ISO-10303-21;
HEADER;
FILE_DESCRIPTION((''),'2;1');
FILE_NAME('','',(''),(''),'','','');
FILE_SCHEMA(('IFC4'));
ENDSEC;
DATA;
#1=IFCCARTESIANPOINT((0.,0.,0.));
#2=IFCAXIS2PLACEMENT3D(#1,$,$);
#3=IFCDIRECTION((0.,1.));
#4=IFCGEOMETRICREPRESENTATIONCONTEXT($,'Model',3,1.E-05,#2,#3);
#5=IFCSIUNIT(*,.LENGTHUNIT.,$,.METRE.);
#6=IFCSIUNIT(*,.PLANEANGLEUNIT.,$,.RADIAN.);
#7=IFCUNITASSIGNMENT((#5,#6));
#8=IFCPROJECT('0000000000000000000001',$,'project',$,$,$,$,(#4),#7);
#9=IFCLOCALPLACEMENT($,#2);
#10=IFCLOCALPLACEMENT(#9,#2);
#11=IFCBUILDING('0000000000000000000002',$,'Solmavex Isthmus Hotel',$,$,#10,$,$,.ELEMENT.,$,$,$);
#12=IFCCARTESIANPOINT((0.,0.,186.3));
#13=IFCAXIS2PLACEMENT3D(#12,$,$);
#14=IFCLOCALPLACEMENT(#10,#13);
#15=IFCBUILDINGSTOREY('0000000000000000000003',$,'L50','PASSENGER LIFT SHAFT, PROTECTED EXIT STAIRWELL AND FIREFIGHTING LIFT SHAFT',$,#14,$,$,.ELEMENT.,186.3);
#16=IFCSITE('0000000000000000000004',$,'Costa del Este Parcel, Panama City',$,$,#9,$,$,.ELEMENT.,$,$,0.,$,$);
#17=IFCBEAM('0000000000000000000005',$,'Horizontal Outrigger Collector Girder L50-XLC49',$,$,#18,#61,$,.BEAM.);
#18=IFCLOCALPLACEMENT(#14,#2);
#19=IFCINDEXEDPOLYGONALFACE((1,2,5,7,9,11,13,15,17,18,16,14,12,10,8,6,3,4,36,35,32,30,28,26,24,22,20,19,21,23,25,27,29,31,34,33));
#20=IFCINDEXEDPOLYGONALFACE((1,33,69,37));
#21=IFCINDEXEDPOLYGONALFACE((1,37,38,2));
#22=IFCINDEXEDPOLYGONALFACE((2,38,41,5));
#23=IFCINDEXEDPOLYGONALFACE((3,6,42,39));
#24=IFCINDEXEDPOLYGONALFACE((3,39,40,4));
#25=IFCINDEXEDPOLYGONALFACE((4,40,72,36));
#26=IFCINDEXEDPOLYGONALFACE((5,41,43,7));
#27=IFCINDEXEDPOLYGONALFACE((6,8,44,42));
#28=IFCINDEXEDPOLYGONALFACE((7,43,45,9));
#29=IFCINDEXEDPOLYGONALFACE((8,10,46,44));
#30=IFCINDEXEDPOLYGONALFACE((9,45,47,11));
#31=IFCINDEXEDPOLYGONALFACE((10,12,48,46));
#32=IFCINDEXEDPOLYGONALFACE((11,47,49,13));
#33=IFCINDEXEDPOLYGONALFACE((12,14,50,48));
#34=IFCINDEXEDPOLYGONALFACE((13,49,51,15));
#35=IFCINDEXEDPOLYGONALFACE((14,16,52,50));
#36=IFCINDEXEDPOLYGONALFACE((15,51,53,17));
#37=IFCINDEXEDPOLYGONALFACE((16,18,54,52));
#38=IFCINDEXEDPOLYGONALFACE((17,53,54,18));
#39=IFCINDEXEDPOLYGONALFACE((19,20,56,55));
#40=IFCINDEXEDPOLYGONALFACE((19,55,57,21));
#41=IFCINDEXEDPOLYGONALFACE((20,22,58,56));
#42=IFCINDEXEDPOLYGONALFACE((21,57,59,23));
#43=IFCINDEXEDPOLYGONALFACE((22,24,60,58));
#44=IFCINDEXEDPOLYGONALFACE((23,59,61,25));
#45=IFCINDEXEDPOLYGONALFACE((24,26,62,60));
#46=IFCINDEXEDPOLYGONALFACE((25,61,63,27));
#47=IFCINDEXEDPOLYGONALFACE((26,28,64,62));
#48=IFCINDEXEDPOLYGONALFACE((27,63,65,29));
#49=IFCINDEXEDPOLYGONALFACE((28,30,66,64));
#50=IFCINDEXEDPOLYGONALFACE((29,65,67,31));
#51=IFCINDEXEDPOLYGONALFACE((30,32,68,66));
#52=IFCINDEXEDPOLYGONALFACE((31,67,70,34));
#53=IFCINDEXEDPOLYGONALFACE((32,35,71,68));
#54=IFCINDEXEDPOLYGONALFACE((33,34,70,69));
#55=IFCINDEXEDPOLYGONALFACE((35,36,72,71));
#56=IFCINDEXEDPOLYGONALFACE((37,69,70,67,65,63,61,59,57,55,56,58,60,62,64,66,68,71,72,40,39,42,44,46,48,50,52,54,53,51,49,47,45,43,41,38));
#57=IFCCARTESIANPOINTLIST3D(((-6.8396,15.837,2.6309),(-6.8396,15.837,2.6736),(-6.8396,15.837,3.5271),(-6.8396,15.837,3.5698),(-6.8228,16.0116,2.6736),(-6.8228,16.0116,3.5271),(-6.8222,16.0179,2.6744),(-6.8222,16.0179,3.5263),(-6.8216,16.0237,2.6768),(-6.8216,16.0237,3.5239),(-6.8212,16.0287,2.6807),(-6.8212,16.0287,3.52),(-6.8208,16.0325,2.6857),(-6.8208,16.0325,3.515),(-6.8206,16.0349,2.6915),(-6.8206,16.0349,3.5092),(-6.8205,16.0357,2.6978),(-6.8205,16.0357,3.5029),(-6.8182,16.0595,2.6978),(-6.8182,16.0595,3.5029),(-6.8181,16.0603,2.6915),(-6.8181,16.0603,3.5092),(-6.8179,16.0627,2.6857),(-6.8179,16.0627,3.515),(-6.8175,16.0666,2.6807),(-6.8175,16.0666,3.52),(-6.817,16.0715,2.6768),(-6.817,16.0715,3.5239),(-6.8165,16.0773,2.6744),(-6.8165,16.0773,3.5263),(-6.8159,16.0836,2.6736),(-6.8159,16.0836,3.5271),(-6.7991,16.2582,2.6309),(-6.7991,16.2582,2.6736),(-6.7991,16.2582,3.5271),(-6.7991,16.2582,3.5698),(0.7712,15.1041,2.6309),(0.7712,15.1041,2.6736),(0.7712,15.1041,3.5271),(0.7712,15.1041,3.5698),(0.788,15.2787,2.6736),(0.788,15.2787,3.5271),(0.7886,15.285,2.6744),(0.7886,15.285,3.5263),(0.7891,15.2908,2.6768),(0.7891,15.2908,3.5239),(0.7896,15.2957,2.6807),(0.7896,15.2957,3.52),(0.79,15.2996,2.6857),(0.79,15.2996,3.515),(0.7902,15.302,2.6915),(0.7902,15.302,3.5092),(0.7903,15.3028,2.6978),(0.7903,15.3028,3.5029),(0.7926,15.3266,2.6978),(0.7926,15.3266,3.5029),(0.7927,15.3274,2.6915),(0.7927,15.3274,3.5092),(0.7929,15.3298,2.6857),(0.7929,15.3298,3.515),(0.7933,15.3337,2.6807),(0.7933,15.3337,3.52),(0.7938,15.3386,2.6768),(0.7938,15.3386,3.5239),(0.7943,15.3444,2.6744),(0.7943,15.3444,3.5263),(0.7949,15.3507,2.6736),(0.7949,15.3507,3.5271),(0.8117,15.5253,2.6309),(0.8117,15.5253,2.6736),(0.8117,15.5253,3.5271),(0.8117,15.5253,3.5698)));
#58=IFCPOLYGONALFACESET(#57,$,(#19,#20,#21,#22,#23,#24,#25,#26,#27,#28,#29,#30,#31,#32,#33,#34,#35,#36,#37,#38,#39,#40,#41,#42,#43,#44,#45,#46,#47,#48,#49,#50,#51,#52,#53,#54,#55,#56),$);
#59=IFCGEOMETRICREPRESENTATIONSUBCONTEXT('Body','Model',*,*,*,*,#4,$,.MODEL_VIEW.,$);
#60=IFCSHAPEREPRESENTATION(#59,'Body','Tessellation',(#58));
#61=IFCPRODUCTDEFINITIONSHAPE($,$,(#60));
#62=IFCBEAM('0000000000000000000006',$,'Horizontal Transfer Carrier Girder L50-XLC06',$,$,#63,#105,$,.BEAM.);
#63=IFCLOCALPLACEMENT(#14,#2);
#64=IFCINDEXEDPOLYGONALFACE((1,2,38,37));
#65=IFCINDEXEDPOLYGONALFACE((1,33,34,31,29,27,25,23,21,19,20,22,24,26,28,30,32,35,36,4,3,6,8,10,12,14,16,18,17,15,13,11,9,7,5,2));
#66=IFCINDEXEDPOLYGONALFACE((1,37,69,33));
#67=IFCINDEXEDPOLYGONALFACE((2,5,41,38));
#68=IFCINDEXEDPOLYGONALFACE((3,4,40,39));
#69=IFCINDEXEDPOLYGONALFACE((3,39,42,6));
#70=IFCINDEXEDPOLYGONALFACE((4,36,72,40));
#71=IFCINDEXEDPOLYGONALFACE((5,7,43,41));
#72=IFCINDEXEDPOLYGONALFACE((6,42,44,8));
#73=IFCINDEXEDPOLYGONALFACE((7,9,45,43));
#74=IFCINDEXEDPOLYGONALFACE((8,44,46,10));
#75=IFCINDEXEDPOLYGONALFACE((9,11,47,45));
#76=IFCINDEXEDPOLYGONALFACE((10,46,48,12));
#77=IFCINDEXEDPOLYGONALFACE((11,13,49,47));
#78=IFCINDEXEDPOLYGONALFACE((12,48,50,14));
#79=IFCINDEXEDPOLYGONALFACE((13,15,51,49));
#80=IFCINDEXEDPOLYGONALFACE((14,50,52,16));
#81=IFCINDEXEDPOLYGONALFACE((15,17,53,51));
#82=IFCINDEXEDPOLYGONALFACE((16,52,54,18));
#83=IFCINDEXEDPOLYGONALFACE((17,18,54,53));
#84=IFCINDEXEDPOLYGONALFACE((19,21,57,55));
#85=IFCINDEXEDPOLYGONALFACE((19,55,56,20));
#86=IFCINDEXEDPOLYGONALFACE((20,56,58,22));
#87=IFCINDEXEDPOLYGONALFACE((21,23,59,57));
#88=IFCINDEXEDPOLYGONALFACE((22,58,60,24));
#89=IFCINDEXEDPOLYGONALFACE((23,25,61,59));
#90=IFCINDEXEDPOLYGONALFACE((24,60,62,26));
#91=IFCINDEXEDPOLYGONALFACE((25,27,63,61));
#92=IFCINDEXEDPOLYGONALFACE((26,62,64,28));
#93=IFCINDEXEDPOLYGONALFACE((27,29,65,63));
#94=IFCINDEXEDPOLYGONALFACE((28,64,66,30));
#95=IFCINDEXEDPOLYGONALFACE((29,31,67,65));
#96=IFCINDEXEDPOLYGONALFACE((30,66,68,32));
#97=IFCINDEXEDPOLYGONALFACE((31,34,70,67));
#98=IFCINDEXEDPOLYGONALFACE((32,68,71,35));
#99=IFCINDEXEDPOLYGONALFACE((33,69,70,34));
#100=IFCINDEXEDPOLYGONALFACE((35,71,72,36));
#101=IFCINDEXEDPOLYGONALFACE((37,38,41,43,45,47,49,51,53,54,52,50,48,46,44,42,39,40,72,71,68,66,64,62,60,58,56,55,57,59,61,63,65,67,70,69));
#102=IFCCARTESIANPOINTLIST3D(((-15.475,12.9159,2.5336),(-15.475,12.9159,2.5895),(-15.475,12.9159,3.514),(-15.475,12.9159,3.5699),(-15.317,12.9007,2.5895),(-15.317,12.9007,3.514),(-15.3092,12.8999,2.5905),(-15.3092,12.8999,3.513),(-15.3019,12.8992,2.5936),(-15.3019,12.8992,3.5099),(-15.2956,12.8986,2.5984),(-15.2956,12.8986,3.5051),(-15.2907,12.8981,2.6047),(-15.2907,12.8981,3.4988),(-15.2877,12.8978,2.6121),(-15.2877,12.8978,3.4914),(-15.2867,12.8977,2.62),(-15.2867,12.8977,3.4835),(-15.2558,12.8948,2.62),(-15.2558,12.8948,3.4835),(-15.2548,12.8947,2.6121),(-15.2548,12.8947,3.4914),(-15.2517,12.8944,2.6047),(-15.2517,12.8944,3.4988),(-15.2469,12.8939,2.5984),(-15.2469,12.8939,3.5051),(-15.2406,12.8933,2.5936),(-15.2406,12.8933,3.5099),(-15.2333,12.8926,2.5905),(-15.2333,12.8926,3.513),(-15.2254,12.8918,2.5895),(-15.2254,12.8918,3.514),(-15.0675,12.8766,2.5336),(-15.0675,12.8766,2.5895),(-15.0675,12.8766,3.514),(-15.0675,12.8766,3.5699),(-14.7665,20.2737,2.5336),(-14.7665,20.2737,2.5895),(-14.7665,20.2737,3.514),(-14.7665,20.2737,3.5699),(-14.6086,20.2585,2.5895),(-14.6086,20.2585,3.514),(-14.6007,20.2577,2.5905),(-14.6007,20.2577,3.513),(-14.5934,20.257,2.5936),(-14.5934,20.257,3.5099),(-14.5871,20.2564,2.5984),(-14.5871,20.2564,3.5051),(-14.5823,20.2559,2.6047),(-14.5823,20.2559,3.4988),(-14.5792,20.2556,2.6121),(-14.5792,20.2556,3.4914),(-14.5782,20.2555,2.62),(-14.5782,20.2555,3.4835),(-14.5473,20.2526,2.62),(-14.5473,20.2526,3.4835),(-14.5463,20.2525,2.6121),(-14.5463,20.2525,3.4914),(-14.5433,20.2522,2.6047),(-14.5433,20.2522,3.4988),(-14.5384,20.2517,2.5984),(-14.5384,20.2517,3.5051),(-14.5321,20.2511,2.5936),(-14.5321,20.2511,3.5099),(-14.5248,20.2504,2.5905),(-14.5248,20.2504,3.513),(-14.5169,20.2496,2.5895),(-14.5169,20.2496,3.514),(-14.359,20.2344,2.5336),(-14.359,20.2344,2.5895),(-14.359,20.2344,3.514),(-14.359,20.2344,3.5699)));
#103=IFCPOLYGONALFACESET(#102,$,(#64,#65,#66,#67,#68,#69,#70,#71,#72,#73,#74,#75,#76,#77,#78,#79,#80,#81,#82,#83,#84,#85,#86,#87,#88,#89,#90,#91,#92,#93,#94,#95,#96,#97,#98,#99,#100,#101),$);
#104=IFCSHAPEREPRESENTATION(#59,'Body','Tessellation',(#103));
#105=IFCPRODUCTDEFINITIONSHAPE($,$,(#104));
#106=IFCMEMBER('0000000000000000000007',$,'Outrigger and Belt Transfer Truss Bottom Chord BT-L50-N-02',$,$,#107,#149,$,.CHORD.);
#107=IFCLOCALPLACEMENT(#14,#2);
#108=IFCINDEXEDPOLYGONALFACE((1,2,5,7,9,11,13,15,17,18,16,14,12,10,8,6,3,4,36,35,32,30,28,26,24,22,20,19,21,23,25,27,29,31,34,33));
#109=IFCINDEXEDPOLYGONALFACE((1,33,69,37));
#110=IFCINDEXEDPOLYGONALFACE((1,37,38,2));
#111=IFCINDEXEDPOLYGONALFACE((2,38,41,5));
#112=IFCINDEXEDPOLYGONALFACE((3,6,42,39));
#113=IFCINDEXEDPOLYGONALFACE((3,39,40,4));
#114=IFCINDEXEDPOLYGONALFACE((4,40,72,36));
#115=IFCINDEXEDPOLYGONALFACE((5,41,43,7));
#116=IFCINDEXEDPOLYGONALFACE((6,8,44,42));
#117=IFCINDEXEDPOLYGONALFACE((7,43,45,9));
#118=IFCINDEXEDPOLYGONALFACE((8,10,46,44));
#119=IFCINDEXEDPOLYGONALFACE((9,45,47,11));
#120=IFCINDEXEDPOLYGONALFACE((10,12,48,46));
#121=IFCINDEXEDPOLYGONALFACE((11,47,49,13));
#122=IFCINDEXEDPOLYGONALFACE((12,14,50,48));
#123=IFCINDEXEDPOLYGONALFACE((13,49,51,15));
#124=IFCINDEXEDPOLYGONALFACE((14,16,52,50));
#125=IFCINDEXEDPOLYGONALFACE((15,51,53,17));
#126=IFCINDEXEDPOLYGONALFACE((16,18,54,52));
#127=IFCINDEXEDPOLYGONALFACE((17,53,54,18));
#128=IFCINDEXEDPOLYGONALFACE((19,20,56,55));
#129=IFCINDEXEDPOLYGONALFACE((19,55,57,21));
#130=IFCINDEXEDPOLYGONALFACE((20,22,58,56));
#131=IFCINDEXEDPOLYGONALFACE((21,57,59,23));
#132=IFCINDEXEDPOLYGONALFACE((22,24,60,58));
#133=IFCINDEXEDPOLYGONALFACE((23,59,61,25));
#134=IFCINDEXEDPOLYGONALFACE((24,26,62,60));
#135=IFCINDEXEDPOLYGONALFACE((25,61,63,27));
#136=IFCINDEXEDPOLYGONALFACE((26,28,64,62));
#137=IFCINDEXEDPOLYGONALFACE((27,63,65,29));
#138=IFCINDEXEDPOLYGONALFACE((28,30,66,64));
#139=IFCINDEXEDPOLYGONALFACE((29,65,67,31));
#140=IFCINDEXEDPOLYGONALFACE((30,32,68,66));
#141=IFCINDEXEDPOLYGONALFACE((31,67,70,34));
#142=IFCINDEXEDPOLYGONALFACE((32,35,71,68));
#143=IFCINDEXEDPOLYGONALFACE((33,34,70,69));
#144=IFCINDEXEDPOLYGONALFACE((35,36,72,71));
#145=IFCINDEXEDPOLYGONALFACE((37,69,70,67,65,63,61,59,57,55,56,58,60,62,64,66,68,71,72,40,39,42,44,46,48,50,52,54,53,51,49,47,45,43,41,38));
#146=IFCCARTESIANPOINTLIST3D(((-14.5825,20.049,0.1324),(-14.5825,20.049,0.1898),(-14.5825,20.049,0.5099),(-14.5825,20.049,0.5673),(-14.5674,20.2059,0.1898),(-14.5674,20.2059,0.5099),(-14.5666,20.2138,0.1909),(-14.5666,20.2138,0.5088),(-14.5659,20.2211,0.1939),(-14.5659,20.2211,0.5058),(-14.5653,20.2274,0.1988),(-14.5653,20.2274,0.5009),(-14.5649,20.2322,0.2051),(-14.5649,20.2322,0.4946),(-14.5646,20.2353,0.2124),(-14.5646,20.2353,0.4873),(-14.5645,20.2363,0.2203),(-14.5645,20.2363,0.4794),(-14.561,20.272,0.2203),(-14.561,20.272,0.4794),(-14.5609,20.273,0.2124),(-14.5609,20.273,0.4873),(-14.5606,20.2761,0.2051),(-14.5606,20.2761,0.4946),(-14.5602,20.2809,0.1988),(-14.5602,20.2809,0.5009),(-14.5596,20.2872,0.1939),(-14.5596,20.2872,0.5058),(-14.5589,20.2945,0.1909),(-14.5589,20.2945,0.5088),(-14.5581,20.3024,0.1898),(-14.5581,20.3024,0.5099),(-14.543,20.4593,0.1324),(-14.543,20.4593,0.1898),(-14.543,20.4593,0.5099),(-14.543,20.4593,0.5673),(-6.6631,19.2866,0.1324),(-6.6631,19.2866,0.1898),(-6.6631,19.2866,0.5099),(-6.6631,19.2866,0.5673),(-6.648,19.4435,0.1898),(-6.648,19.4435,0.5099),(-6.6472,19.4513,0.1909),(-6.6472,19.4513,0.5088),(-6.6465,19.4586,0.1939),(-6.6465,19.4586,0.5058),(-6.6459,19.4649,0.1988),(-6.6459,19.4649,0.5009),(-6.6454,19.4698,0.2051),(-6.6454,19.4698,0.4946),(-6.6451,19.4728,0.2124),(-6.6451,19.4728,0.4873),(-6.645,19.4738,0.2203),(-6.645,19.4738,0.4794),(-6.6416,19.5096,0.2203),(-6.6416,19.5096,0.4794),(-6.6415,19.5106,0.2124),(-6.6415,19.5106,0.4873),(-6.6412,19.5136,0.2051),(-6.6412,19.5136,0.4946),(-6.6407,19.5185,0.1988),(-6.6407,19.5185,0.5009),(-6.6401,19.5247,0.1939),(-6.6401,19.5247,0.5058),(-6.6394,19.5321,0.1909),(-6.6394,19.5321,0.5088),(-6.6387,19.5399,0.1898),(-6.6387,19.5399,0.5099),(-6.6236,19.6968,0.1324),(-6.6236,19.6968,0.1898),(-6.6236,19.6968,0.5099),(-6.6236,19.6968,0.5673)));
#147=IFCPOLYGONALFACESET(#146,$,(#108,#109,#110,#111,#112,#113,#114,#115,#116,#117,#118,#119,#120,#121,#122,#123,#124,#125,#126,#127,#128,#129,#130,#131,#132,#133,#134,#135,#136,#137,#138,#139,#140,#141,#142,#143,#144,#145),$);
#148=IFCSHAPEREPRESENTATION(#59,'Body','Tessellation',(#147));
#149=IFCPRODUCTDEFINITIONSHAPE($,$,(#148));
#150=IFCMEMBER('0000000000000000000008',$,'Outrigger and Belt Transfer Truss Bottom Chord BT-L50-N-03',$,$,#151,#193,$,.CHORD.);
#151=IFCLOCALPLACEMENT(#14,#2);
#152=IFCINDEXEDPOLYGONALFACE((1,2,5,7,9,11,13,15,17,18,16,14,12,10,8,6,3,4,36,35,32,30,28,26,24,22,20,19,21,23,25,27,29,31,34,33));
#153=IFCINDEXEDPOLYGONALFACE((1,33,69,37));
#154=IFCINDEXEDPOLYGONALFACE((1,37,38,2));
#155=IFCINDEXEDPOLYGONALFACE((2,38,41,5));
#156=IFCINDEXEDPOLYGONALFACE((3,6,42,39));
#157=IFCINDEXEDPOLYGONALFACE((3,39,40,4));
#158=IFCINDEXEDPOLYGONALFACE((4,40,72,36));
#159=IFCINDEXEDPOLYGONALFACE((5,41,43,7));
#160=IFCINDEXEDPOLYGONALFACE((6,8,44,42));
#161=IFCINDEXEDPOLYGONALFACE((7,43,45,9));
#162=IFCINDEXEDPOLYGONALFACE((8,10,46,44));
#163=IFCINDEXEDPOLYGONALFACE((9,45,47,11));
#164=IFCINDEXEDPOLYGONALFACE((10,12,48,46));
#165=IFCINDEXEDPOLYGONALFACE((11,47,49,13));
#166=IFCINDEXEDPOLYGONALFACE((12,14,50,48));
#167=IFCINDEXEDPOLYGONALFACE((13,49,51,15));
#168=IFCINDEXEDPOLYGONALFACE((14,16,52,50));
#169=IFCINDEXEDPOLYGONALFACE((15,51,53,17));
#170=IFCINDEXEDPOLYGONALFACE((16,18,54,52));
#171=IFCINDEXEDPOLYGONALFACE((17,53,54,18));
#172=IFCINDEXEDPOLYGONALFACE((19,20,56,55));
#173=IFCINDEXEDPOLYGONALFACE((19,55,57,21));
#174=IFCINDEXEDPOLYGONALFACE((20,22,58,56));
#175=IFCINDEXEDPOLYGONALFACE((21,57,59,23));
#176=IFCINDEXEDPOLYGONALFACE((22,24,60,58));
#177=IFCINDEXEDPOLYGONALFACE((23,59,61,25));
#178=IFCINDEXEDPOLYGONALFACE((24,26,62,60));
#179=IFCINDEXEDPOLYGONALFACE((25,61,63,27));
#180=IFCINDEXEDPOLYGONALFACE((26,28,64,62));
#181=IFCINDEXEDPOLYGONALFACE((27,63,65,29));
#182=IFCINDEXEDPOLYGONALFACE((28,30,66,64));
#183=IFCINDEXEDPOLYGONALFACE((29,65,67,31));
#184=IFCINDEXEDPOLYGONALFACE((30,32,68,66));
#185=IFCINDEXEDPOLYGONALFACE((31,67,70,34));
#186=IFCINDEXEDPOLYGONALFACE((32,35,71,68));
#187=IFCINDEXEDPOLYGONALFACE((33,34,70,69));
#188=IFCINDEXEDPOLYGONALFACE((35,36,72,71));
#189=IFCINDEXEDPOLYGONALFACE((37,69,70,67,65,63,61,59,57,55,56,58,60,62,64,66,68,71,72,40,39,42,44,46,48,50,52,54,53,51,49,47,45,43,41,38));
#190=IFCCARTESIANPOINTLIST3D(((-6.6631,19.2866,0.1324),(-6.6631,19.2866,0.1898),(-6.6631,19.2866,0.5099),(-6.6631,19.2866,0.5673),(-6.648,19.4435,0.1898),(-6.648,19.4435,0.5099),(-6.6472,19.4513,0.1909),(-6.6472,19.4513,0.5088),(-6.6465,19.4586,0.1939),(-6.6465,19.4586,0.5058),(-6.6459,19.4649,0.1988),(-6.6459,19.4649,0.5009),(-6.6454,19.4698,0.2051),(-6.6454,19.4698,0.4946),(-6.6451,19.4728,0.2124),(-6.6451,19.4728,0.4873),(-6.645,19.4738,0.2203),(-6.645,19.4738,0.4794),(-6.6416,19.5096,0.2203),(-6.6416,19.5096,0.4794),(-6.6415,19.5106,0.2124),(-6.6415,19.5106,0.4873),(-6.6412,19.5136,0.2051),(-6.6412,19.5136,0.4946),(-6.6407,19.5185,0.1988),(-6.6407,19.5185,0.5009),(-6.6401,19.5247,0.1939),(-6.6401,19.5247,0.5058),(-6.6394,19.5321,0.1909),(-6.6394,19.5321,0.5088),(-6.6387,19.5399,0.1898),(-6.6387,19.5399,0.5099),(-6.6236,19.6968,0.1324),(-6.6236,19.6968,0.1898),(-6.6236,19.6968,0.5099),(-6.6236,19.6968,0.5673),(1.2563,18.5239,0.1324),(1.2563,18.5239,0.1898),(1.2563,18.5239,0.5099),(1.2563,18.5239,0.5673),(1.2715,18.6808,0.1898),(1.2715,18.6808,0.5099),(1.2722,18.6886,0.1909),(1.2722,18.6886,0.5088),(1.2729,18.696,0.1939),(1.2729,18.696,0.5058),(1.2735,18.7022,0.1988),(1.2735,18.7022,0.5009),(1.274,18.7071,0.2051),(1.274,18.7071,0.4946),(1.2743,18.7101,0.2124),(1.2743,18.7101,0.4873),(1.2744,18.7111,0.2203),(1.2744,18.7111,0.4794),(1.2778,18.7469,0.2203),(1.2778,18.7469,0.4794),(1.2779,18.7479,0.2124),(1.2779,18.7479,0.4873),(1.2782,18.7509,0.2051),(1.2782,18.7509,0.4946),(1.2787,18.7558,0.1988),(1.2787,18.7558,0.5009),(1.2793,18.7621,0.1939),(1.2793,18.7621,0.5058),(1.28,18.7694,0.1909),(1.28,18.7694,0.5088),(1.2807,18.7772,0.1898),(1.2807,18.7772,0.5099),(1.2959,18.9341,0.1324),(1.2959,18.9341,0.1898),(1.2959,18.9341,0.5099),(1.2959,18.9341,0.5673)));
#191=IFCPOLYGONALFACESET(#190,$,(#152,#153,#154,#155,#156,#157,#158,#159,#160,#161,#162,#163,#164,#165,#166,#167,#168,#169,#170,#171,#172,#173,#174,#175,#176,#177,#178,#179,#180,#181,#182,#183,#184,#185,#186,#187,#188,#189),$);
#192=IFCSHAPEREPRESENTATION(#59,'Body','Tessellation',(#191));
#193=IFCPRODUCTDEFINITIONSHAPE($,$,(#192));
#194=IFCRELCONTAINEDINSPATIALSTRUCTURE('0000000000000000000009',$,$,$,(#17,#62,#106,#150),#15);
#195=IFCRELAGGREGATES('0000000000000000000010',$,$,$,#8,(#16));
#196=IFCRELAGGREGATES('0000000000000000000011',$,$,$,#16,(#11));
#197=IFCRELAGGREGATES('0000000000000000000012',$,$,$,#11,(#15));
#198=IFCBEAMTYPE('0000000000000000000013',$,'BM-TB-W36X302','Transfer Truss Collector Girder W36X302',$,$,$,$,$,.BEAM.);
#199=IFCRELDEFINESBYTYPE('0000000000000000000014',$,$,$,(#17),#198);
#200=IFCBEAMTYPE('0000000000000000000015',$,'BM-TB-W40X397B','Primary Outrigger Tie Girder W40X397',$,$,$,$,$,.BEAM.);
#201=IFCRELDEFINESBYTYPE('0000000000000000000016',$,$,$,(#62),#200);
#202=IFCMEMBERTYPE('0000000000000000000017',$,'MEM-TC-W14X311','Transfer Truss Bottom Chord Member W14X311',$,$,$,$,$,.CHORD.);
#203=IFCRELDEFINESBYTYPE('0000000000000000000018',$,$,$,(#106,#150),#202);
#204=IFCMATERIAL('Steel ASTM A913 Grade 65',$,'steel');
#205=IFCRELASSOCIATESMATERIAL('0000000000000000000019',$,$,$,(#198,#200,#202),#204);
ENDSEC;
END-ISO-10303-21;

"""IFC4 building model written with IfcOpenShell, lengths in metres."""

from ifc_helpers import new_model, si_unit, direction, frame, origin, origin_2d, place, context, subcontext, project, spatial, i_section, extrude, material, material_profile, profile_set, type_object, element, save


model = new_model("IFC4")

# Units and contexts
model_context = context("Model", 3, precision=1e-05, world=origin(), true_north=direction((0.0, 1.0)))
body_context = subcontext(model_context, "Body", "Model", "MODEL_VIEW")
ifc_project = project(units=[si_unit("LENGTHUNIT", "METRE"), si_unit("PLANEANGLEUNIT", "RADIAN")], contexts=[model_context])

# Site, building, storey
site_placement = place(None, origin())
site = spatial("IfcSite", under=ifc_project, at=site_placement, Name="Costa del Este Parcel, Panama City", CompositionType="ELEMENT", RefElevation=0.0)
building_placement = place(site_placement, origin())
building = spatial("IfcBuilding", under=site, at=building_placement, Name="Solmavex Isthmus Hotel", CompositionType="ELEMENT")
storey_placement = place(building_placement, frame((0.0, 0.0, 186.3)))
storey = spatial("IfcBuildingStorey", under=building, at=storey_placement, Name="L50", Description="PASSENGER LIFT SHAFT, PROTECTED EXIT STAIRWELL AND FIREFIGHTING LIFT SHAFT", CompositionType="ELEMENT", Elevation=186.3)

# Shared definitions
ifc_material_1 = material(Name="Steel ASTM A913 Grade 65", Category="steel")

# Beams
ifc_material_profile_1 = material_profile(ifc_material_1, i_section(OverallWidth=0.4231, OverallDepth=0.939, WebThickness=0.0239, FlangeThickness=0.0427, FilletRadius=0.0242, at=origin_2d()), Name="W36X302")
ifc_profile_set_1 = profile_set([ifc_material_profile_1], Name="Steel ASTM A913 Grade 65")
beam_type_1 = type_object("IfcBeamType", Name="BM-TB-W36X302", Description="Transfer Truss Collector Girder W36X302", PredefinedType="BEAM", material=ifc_profile_set_1)
for number, where, z_axis, x_axis, name in (
    (1, (-6.8193, 16.0476, 3.1003), (0.995395, -0.095855, 0.0), (0.095855, 0.995395, 0.0), "Horizontal Outrigger Collector Girder L50-XLC49"),
):
    element("IfcBeam", number, at=place(storey_placement, frame(where, z_axis=z_axis, x_axis=x_axis)), inside=storey, type_object=beam_type_1, Name=name, PredefinedType="BEAM", context=body_context, shape_type="SweptSolid", body=[
        extrude(i_section(OverallWidth=0.4231, OverallDepth=0.939, WebThickness=0.0239, FlangeThickness=0.0427, FilletRadius=0.0242, at=origin_2d()), origin(), (0.0, 0.0, 1.0), 7.646),
    ])
ifc_material_profile_2 = material_profile(ifc_material_1, i_section(OverallWidth=0.4094, OverallDepth=1.0364, WebThickness=0.031, FlangeThickness=0.0559, FilletRadius=0.0305, at=origin_2d()), Name="W40X397")
ifc_profile_set_2 = profile_set([ifc_material_profile_2], Name="Steel ASTM A913 Grade 65")
beam_type_2 = type_object("IfcBeamType", Name="BM-TB-W40X397B", Description="Primary Outrigger Tie Girder W40X397", PredefinedType="BEAM", material=ifc_profile_set_2)
beam_1_placement = place(storey_placement, frame((-15.2712, 12.8962, 3.0518), z_axis=(0.095847, 0.995396, 0.0), x_axis=(-0.995396, 0.095847, 0.0)))
element("IfcBeam", 2, at=beam_1_placement, inside=storey, type_object=beam_type_2, Name="Horizontal Transfer Carrier Girder L50-XLC06", PredefinedType="BEAM", context=body_context, shape_type="SweptSolid", body=[
    extrude(i_section(OverallWidth=0.4094, OverallDepth=1.0364, WebThickness=0.031, FlangeThickness=0.0559, FilletRadius=0.0305, at=origin_2d()), origin(), (0.0, 0.0, 1.0), 7.3918),
])

# Members
ifc_material_profile_3 = material_profile(ifc_material_1, i_section(OverallWidth=0.4121, OverallDepth=0.4348, WebThickness=0.0359, FlangeThickness=0.0574, FilletRadius=0.0305, at=origin_2d()), Name="W14X311")
ifc_profile_set_3 = profile_set([ifc_material_profile_3], Name="Steel ASTM A913 Grade 65")
member_type_1 = type_object("IfcMemberType", Name="MEM-TC-W14X311", Description="Transfer Truss Bottom Chord Member W14X311", PredefinedType="CHORD", material=ifc_profile_set_3)
for number, where, z_axis, x_axis, name in (
    (3, (-14.5627, 20.2542, 0.3499), (0.995397, -0.095833, 0.0), (0.095833, 0.995397, 0.0), "Outrigger and Belt Transfer Truss Bottom Chord BT-L50-N-02"),
    (4, (-6.6433, 19.4917, 0.3499), (0.995395, -0.095863, 0.0), (0.095863, 0.995395, 0.0), "Outrigger and Belt Transfer Truss Bottom Chord BT-L50-N-03"),
):
    element("IfcMember", number, at=place(storey_placement, frame(where, z_axis=z_axis, x_axis=x_axis)), inside=storey, type_object=member_type_1, Name=name, PredefinedType="CHORD", context=body_context, shape_type="SweptSolid", body=[
        extrude(i_section(OverallWidth=0.4121, OverallDepth=0.4348, WebThickness=0.0359, FlangeThickness=0.0574, FilletRadius=0.0305, at=origin_2d()), origin(), (0.0, 0.0, 1.0), 7.9561),
    ])

save(model, "model.ifc")
